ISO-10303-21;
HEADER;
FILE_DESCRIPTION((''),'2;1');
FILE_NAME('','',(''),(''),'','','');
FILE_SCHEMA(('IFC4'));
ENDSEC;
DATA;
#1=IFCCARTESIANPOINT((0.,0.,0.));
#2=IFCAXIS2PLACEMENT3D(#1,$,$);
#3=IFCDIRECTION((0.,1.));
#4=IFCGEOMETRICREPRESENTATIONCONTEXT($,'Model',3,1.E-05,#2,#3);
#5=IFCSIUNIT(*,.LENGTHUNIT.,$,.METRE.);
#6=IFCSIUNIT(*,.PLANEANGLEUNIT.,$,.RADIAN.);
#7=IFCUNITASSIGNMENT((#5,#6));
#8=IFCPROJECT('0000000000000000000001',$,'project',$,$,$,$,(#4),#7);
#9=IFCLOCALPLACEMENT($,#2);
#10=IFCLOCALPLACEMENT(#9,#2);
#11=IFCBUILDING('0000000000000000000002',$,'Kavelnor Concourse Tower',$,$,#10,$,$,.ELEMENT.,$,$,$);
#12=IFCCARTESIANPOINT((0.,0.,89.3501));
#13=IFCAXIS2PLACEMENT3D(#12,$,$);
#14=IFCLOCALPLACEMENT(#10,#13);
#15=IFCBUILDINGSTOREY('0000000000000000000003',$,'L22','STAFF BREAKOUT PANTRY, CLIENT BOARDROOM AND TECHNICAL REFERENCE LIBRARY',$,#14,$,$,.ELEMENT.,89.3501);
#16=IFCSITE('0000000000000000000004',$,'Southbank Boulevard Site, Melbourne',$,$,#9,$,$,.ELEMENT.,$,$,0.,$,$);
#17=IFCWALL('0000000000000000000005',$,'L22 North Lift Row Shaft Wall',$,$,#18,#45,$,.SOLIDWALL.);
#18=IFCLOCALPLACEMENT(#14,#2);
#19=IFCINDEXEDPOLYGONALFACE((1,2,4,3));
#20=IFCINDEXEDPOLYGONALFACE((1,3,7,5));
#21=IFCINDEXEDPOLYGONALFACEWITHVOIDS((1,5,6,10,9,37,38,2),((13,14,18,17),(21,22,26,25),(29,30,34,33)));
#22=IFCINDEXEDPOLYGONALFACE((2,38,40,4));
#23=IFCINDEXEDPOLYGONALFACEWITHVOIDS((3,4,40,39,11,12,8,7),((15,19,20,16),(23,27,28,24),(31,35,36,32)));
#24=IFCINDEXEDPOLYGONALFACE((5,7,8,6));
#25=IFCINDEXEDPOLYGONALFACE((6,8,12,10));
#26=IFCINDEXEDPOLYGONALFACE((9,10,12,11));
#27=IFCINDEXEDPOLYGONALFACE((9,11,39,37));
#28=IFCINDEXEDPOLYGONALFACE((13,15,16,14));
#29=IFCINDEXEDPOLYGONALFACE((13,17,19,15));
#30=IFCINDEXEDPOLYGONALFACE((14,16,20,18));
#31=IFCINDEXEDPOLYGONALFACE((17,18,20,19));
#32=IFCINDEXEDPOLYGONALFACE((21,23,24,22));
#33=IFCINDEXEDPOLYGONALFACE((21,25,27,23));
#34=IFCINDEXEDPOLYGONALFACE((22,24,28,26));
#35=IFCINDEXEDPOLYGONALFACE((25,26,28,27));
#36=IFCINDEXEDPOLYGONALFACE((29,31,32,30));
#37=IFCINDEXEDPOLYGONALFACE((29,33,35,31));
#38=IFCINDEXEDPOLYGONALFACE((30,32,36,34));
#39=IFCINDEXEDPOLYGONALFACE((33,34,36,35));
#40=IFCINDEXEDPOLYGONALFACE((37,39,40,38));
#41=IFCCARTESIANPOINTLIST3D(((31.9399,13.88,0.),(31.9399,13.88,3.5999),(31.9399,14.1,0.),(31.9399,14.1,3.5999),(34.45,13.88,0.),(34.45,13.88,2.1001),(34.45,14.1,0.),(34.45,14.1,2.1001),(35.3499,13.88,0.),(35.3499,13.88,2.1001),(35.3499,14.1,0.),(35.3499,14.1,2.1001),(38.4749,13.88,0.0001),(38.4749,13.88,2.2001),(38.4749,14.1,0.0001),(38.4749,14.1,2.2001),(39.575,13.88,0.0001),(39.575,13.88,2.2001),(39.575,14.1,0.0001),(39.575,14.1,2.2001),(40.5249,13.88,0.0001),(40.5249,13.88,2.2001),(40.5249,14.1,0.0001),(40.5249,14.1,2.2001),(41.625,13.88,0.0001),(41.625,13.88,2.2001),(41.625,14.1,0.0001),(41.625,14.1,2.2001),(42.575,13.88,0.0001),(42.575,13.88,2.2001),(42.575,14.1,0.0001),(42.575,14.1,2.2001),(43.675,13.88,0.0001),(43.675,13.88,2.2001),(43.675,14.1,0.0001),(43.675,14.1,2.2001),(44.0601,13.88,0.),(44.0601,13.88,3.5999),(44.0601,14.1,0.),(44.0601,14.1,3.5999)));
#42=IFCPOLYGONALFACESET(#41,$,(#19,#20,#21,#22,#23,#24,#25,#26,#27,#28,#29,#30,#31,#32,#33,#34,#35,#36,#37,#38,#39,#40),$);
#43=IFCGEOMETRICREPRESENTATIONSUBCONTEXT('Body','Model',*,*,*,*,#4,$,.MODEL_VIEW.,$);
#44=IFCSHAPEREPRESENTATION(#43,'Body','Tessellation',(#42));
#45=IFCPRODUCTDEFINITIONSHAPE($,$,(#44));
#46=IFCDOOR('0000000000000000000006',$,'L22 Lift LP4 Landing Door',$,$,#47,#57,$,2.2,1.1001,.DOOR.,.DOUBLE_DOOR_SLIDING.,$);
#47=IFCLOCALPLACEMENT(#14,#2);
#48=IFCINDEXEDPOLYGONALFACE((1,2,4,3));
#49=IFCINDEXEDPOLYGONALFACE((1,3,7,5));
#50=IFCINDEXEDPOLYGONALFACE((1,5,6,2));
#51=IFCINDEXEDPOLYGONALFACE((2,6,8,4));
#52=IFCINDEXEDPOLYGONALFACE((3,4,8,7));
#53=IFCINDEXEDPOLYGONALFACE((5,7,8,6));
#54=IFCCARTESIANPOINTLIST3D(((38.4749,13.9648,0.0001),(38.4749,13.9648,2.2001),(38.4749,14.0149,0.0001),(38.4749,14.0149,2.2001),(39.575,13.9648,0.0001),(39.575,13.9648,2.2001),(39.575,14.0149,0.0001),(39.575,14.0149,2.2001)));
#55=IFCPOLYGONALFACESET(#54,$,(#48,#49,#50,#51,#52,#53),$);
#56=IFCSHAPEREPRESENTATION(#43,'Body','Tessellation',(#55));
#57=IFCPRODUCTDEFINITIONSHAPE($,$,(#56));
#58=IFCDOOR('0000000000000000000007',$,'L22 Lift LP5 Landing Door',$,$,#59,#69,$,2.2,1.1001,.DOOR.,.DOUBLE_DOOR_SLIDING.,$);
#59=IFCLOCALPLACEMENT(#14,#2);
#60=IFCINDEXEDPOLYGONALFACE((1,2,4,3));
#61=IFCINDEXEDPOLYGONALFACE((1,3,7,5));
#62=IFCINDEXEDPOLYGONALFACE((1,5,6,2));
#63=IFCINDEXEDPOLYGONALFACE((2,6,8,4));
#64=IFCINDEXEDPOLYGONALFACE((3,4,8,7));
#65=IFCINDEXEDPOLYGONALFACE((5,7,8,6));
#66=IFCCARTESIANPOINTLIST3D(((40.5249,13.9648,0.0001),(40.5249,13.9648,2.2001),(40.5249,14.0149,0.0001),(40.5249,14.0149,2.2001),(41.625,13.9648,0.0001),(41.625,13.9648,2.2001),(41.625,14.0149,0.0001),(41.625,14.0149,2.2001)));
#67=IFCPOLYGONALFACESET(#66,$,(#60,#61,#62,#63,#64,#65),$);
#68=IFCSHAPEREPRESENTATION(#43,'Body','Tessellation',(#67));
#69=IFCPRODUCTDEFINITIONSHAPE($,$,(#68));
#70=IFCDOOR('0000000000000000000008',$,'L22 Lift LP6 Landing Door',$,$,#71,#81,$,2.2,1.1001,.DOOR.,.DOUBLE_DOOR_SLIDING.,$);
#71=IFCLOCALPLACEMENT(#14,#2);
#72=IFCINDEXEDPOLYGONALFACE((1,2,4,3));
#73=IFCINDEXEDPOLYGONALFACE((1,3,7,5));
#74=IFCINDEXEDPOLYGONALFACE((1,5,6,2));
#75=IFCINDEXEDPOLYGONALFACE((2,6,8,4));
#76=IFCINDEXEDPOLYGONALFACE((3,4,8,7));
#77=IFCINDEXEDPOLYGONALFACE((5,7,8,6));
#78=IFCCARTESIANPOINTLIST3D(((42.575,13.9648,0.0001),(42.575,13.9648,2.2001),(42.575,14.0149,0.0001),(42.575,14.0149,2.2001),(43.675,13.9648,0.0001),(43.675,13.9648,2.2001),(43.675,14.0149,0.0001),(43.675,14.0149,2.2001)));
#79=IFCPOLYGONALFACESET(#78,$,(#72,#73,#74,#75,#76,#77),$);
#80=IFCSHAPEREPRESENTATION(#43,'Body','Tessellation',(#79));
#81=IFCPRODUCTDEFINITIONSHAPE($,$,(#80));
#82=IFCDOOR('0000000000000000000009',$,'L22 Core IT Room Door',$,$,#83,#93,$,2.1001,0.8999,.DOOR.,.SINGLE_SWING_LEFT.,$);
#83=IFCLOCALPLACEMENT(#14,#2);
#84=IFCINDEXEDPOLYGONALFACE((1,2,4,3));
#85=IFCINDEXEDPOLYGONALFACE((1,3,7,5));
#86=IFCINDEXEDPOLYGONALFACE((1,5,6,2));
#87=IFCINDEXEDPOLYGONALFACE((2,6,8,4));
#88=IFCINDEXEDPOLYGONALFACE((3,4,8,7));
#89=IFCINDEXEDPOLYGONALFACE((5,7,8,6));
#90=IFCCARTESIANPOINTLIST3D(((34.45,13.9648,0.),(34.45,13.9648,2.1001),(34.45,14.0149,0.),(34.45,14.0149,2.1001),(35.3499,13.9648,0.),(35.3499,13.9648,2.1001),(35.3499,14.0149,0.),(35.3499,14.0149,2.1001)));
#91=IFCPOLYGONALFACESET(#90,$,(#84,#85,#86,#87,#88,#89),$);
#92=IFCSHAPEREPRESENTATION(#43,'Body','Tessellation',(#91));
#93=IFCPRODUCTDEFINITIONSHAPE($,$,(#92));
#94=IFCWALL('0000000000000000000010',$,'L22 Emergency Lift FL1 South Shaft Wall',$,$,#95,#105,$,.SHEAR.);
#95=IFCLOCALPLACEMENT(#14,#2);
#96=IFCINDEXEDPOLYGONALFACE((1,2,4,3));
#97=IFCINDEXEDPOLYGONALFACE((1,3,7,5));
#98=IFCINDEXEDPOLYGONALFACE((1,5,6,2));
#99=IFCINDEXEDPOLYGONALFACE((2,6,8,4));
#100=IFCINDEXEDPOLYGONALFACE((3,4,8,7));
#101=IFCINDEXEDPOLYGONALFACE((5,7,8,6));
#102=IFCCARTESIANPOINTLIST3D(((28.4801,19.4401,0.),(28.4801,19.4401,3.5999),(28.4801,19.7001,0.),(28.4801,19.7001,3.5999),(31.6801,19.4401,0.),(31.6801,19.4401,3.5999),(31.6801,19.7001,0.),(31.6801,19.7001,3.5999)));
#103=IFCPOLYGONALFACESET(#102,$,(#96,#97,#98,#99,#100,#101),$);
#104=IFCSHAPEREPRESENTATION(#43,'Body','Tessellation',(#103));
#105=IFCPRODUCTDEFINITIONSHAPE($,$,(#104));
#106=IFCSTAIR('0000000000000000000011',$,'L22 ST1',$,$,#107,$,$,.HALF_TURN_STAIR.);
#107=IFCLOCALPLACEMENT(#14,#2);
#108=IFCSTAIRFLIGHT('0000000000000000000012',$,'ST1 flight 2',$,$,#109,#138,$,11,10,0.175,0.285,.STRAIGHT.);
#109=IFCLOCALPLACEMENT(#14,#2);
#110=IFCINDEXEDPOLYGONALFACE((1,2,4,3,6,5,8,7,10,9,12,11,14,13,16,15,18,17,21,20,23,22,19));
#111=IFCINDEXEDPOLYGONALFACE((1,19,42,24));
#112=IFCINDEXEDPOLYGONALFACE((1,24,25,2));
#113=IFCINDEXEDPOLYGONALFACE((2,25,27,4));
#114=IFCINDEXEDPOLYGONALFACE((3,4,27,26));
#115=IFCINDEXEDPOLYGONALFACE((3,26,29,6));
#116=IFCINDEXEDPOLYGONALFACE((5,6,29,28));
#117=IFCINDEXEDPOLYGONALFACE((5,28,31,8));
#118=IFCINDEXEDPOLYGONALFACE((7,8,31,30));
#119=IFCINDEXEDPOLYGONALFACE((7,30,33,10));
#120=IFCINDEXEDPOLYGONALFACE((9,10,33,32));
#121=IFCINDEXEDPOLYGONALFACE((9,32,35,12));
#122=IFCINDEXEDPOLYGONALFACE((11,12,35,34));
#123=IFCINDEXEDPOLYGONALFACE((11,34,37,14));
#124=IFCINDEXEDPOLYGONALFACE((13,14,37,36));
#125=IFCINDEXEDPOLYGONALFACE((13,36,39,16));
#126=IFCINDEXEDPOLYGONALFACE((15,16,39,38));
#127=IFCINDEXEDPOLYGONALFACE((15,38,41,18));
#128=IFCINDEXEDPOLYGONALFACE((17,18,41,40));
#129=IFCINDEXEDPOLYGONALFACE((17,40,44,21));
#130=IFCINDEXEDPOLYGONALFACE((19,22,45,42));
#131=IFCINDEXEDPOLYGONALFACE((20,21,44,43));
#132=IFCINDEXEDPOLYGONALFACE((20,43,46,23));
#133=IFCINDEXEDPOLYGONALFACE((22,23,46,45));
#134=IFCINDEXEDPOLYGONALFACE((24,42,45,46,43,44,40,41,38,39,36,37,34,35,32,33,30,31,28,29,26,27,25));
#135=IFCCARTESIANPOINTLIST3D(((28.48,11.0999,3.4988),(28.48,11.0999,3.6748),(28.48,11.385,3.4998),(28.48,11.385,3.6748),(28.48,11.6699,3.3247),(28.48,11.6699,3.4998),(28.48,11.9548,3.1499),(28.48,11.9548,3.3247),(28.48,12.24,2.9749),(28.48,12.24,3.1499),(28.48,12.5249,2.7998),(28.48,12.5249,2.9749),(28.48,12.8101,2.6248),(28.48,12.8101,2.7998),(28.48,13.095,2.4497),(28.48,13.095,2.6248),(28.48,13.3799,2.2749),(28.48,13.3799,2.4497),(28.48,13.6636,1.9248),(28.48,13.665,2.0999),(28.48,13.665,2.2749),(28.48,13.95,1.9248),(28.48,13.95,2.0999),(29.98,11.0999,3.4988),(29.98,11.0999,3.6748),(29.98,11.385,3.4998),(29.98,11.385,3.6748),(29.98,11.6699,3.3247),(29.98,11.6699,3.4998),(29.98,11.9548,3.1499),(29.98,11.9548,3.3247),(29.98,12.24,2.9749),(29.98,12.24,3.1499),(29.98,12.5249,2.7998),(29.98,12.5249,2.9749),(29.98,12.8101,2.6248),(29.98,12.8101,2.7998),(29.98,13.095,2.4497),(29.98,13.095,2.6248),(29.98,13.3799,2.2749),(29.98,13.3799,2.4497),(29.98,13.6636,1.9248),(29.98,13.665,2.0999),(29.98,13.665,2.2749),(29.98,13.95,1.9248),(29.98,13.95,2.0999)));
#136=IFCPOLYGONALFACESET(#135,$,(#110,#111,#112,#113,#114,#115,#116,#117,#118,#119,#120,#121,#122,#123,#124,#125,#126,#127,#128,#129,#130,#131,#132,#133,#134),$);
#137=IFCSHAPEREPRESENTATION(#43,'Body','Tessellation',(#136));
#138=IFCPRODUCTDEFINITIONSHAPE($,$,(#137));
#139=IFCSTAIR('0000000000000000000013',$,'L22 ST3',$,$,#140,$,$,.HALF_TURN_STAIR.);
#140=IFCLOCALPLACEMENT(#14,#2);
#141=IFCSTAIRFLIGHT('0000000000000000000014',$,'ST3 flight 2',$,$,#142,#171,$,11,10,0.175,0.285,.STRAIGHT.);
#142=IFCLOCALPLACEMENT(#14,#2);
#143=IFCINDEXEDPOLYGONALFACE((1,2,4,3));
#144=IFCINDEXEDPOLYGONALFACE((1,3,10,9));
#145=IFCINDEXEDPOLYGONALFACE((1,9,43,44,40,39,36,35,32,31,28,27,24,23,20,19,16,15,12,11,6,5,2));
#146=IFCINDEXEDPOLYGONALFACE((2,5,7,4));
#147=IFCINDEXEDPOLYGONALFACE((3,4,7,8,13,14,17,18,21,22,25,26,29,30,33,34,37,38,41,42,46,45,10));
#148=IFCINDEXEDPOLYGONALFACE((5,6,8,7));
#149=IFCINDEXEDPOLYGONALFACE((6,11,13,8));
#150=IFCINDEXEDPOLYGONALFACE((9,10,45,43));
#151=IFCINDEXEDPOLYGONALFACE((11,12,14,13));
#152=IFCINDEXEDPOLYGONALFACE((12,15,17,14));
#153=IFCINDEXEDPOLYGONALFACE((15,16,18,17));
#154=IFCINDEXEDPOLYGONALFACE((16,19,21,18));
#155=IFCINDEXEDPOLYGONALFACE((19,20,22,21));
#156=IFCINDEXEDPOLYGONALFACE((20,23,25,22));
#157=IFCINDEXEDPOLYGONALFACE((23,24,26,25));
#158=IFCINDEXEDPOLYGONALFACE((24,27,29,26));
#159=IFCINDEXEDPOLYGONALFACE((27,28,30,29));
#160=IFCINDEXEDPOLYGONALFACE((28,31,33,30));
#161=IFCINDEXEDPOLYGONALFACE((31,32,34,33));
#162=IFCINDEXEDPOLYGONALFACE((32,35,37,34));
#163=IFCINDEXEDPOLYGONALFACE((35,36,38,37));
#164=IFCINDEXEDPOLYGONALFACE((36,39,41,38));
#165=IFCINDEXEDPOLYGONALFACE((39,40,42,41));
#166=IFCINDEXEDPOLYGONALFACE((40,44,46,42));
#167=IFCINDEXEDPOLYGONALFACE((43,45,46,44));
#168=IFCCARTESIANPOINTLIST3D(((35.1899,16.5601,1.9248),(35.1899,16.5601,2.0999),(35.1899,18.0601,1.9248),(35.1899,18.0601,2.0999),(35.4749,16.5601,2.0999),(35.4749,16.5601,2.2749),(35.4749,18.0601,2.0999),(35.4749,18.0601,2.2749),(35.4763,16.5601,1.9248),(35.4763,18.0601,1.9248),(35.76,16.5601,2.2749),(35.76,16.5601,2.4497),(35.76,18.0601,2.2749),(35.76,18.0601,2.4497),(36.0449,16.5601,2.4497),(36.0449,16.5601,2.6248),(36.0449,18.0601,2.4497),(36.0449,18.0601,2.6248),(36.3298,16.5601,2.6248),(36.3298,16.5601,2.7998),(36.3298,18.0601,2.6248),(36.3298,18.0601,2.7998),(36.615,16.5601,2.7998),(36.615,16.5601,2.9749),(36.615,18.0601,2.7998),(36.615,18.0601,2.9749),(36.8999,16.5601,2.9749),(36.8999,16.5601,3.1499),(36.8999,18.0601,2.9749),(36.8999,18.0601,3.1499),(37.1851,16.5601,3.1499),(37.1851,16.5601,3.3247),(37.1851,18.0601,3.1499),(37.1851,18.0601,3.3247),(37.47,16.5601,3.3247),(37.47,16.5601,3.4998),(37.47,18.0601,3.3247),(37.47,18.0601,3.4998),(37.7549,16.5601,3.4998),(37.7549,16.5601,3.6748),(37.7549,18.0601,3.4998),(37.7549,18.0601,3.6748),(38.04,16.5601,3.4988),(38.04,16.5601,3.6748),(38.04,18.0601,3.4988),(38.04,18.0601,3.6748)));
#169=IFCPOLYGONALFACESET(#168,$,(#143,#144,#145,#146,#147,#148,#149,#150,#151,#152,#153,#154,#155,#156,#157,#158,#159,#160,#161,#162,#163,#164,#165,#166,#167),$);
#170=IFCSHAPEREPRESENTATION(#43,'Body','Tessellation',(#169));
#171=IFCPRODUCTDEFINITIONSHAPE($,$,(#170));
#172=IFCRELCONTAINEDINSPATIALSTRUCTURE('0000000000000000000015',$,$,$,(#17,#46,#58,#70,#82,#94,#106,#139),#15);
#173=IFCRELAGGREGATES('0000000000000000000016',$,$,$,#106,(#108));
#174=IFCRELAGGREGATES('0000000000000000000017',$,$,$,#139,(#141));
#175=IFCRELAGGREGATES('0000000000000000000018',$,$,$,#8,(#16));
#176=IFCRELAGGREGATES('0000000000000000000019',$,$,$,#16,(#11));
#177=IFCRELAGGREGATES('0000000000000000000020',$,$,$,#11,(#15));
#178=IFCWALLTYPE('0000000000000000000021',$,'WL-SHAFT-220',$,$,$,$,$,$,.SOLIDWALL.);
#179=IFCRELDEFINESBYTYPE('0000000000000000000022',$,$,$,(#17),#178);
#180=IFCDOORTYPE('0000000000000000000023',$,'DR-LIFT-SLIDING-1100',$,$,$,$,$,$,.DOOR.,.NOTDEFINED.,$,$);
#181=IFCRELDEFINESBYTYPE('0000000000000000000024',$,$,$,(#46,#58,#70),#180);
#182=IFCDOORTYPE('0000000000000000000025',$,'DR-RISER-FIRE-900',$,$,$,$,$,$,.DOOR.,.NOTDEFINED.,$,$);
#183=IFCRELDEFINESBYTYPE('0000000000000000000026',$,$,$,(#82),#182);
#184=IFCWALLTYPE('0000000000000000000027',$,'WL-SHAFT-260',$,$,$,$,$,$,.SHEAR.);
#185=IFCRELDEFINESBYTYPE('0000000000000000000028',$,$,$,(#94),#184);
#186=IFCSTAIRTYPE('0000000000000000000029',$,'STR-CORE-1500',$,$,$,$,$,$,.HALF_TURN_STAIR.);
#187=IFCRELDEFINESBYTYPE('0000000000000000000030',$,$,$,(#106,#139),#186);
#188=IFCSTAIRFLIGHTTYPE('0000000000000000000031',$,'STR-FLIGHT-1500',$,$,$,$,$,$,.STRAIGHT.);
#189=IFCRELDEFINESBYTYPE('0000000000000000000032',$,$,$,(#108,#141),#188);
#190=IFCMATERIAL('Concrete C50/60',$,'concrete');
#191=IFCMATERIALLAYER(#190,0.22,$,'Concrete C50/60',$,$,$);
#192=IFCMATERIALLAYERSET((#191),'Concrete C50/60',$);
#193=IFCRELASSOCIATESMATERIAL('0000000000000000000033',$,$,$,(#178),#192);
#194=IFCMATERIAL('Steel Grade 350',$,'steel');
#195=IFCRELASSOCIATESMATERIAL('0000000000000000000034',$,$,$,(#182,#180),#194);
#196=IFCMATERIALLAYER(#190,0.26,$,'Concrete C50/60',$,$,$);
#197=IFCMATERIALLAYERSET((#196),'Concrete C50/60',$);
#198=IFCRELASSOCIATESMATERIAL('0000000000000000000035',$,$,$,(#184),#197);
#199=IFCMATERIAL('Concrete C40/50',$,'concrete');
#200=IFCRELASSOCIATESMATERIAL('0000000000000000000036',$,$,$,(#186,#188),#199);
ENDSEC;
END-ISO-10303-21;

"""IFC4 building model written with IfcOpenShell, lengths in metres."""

from ifc_helpers import new_model, si_unit, direction, frame, frame_2d, origin, place, context, subcontext, project, spatial, polyline, rectangle, outline, extrude, material, layer, layer_set, type_object, element, fill, aggregate, save


model = new_model("IFC4")

# Units and contexts
model_context = context("Model", 3, precision=1e-05, world=origin(), true_north=direction((0.0, 1.0)))
body_context = subcontext(model_context, "Body", "Model", "MODEL_VIEW")
ifc_project = project(units=[si_unit("LENGTHUNIT", "METRE"), si_unit("PLANEANGLEUNIT", "RADIAN")], contexts=[model_context])

# Site, building, storey
site_placement = place(None, origin())
site = spatial("IfcSite", under=ifc_project, at=site_placement, Name="Southbank Boulevard Site, Melbourne", CompositionType="ELEMENT", RefElevation=0.0)
building_placement = place(site_placement, origin())
building = spatial("IfcBuilding", under=site, at=building_placement, Name="Kavelnor Concourse Tower", CompositionType="ELEMENT")
storey_placement = place(building_placement, frame((0.0, 0.0, 89.3501)))
storey = spatial("IfcBuildingStorey", under=building, at=storey_placement, Name="L22", Description="STAFF BREAKOUT PANTRY, CLIENT BOARDROOM AND TECHNICAL REFERENCE LIBRARY", CompositionType="ELEMENT", Elevation=89.3501)

# Shared definitions
ifc_material_1 = material(Name="Steel Grade 350", Category="steel")

# Shared definitions
ifc_material_2 = material(Name="Concrete C50/60", Category="concrete")
ifc_layer_1 = layer(ifc_material_2, 0.22, Name="Concrete C50/60")
ifc_layer_set_1 = layer_set([ifc_layer_1], Name="Concrete C50/60")
wall_type_1 = type_object("IfcWallType", Name="WL-SHAFT-220", PredefinedType="SOLIDWALL", material=ifc_layer_set_1)
door_type_1 = type_object("IfcDoorType", Name="DR-RISER-FIRE-900", OperationType="NOTDEFINED", PredefinedType="DOOR", material=ifc_material_1)

# Wall, openings, doors
wall_1_placement = place(storey_placement, frame((31.9399, 13.99, 0.0), z_axis=(0.0, 0.0, 1.0), x_axis=(1.0, 0.0, 0.0)))
wall_1 = element("IfcWall", 1, at=wall_1_placement, inside=storey, type_object=wall_type_1, Name="L22 North Lift Row Shaft Wall", PredefinedType="SOLIDWALL", context=body_context, shape_type="SweptSolid", body=[
    extrude(rectangle(XDim=12.1201, YDim=0.22, at=frame_2d((6.0601, 0.0))), origin(), (0.0, 0.0, 1.0), 3.5999),
])
opening_1_placement = place(wall_1_placement, frame((2.51, 0.0, 0.0)))
opening_1 = element("IfcOpeningElement", 2, at=opening_1_placement, cuts=wall_1, PredefinedType="OPENING", context=body_context, shape_type="SweptSolid", body=[
    extrude(rectangle(XDim=0.8999, YDim=2.1001, at=frame_2d((0.45, 1.05))), frame((0.0, 0.1201, 0.0), z_axis=(0.0, -1.0, 0.0), x_axis=(1.0, 0.0, 0.0)), (0.0, 0.0, 1.0), 0.24),
])
opening_2_placement = place(wall_1_placement, frame((6.5349, 0.0, 0.0)))
opening_2 = element("IfcOpeningElement", 3, at=opening_2_placement, cuts=wall_1, PredefinedType="OPENING", context=body_context, shape_type="SweptSolid", body=[
    extrude(rectangle(XDim=1.1001, YDim=2.2, at=frame_2d((0.55, 1.1001))), frame((0.0, 0.1201, 0.0), z_axis=(0.0, -1.0, 0.0), x_axis=(1.0, 0.0, 0.0)), (0.0, 0.0, 1.0), 0.24),
])
opening_3_placement = place(wall_1_placement, frame((8.585, 0.0, 0.0)))
opening_3 = element("IfcOpeningElement", 4, at=opening_3_placement, cuts=wall_1, PredefinedType="OPENING", context=body_context, shape_type="SweptSolid", body=[
    extrude(rectangle(XDim=1.1001, YDim=2.2, at=frame_2d((0.55, 1.1001))), frame((0.0, 0.1201, 0.0), z_axis=(0.0, -1.0, 0.0), x_axis=(1.0, 0.0, 0.0)), (0.0, 0.0, 1.0), 0.24),
])
opening_4_placement = place(wall_1_placement, frame((10.635, 0.0, 0.0)))
opening_4 = element("IfcOpeningElement", 5, at=opening_4_placement, cuts=wall_1, PredefinedType="OPENING", context=body_context, shape_type="SweptSolid", body=[
    extrude(rectangle(XDim=1.1001, YDim=2.2, at=frame_2d((0.55, 1.1001))), frame((0.0, 0.1201, 0.0), z_axis=(0.0, -1.0, 0.0), x_axis=(1.0, 0.0, 0.0)), (0.0, 0.0, 1.0), 0.24),
])
door_type_2 = type_object("IfcDoorType", Name="DR-LIFT-SLIDING-1100", OperationType="NOTDEFINED", PredefinedType="DOOR", material=ifc_material_1)
door_1_placement = place(opening_2_placement, origin())
door_1 = element("IfcDoor", 6, at=door_1_placement, inside=storey, type_object=door_type_2, Name="L22 Lift LP4 Landing Door", OperationType="DOUBLE_DOOR_SLIDING", OverallHeight=2.2, OverallWidth=1.1001, PredefinedType="DOOR", context=body_context, shape_type="SweptSolid", body=[
    extrude(rectangle(XDim=1.1001, YDim=2.2, at=frame_2d((0.55, 1.1001))), frame((0.0, 0.0249, 0.0), z_axis=(0.0, -1.0, 0.0), x_axis=(1.0, 0.0, 0.0)), (0.0, 0.0, 1.0), 0.05),
])
fill(opening_2, door_1)
door_2_placement = place(opening_3_placement, origin())
door_2 = element("IfcDoor", 7, at=door_2_placement, inside=storey, type_object=door_type_2, Name="L22 Lift LP5 Landing Door", OperationType="DOUBLE_DOOR_SLIDING", OverallHeight=2.2, OverallWidth=1.1001, PredefinedType="DOOR", context=body_context, shape_type="SweptSolid", body=[
    extrude(rectangle(XDim=1.1001, YDim=2.2, at=frame_2d((0.55, 1.1001))), frame((0.0, 0.0249, 0.0), z_axis=(0.0, -1.0, 0.0), x_axis=(1.0, 0.0, 0.0)), (0.0, 0.0, 1.0), 0.05),
])
fill(opening_3, door_2)
door_3_placement = place(opening_4_placement, origin())
door_3 = element("IfcDoor", 8, at=door_3_placement, inside=storey, type_object=door_type_2, Name="L22 Lift LP6 Landing Door", OperationType="DOUBLE_DOOR_SLIDING", OverallHeight=2.2, OverallWidth=1.1001, PredefinedType="DOOR", context=body_context, shape_type="SweptSolid", body=[
    extrude(rectangle(XDim=1.1001, YDim=2.2, at=frame_2d((0.55, 1.1001))), frame((0.0, 0.0249, 0.0), z_axis=(0.0, -1.0, 0.0), x_axis=(1.0, 0.0, 0.0)), (0.0, 0.0, 1.0), 0.05),
])
fill(opening_4, door_3)
door_4_placement = place(opening_1_placement, origin())
door_4 = element("IfcDoor", 9, at=door_4_placement, inside=storey, type_object=door_type_1, Name="L22 Core IT Room Door", OperationType="SINGLE_SWING_LEFT", OverallHeight=2.1001, OverallWidth=0.8999, PredefinedType="DOOR", context=body_context, shape_type="SweptSolid", body=[
    extrude(rectangle(XDim=0.8999, YDim=2.1001, at=frame_2d((0.45, 1.05))), frame((0.0, 0.0249, 0.0), z_axis=(0.0, -1.0, 0.0), x_axis=(1.0, 0.0, 0.0)), (0.0, 0.0, 1.0), 0.05),
])
fill(opening_1, door_4)

# Wall
ifc_layer_2 = layer(ifc_material_2, 0.26, Name="Concrete C50/60")
ifc_layer_set_2 = layer_set([ifc_layer_2], Name="Concrete C50/60")
wall_type_2 = type_object("IfcWallType", Name="WL-SHAFT-260", PredefinedType="SHEAR", material=ifc_layer_set_2)
wall_2_placement = place(storey_placement, frame((28.48, 19.5701, 0.0), z_axis=(0.0, 0.0, 1.0), x_axis=(1.0, 0.0, 0.0)))
element("IfcWall", 10, at=wall_2_placement, inside=storey, type_object=wall_type_2, Name="L22 Emergency Lift FL1 South Shaft Wall", PredefinedType="SHEAR", context=body_context, shape_type="SweptSolid", body=[
    extrude(rectangle(XDim=3.2, YDim=0.26, at=frame_2d((1.6001, 0.0))), origin(), (0.0, 0.0, 1.0), 3.5999),
])

# Stairs, stair flights
ifc_material_3 = material(Name="Concrete C40/50", Category="concrete")
stair_type = type_object("IfcStairType", Name="STR-CORE-1500", PredefinedType="HALF_TURN_STAIR", material=ifc_material_3)
stair_1_placement = place(storey_placement, origin())
stair_1 = element("IfcStair", 11, at=stair_1_placement, inside=storey, type_object=stair_type, Name="L22 ST1", PredefinedType="HALF_TURN_STAIR")
stair_flight_type = type_object("IfcStairFlightType", Name="STR-FLIGHT-1500", PredefinedType="STRAIGHT", material=ifc_material_3)
stair_flight_1_placement = place(storey_placement, frame((29.23, 13.95, 1.9248), z_axis=(0.0, 0.0, 1.0), x_axis=(0.0, -1.0, 0.0)))
stair_flight_1 = element("IfcStairFlight", 12, at=stair_flight_1_placement, type_object=stair_flight_type, Name="ST1 flight 2", NumberOfRisers=11, NumberOfTreads=10, PredefinedType="STRAIGHT", RiserHeight=0.175, TreadLength=0.285, context=body_context, shape_type="SweptSolid", body=[
    extrude(outline(polyline([(0.0, 0.0), (0.0, 0.175), (0.2849, 0.175), (0.2849, 0.3501), (0.5701, 0.3501), (0.5701, 0.5249), (0.855, 0.5249), (0.855, 0.7), (1.1399, 0.7), (1.1399, 0.875), (1.425, 0.875), (1.425, 1.05), (1.71, 1.05), (1.71, 1.2251), (1.9951, 1.2251), (1.9951, 1.3999), (2.28, 1.3999), (2.28, 1.575), (2.5649, 1.575), (2.5649, 1.75), (2.8501, 1.75), (2.8501, 1.925), (2.8501, 1.574), (0.2864, 0.0), (0.0, 0.0)])), frame((0.0, 0.75, 0.0), z_axis=(0.0, -1.0, 0.0), x_axis=(1.0, 0.0, 0.0)), (0.0, 0.0, 1.0), 1.5),
])
aggregate(stair_1, [stair_flight_1])
stair_2_placement = place(storey_placement, origin())
stair_2 = element("IfcStair", 13, at=stair_2_placement, inside=storey, type_object=stair_type, Name="L22 ST3", PredefinedType="HALF_TURN_STAIR")
stair_flight_2_placement = place(storey_placement, frame((35.1899, 17.3101, 1.9248), z_axis=(0.0, 0.0, 1.0), x_axis=(1.0, 0.0, 0.0)))
stair_flight_2 = element("IfcStairFlight", 14, at=stair_flight_2_placement, type_object=stair_flight_type, Name="ST3 flight 2", NumberOfRisers=11, NumberOfTreads=10, PredefinedType="STRAIGHT", RiserHeight=0.175, TreadLength=0.285, context=body_context, shape_type="SweptSolid", body=[
    extrude(outline(polyline([(0.0, 0.0), (0.0, 0.175), (0.2849, 0.175), (0.2849, 0.3501), (0.5701, 0.3501), (0.5701, 0.5249), (0.855, 0.5249), (0.855, 0.7), (1.1399, 0.7), (1.1399, 0.875), (1.425, 0.875), (1.425, 1.05), (1.71, 1.05), (1.71, 1.2251), (1.9951, 1.2251), (1.9951, 1.3999), (2.28, 1.3999), (2.28, 1.575), (2.5649, 1.575), (2.5649, 1.75), (2.8501, 1.75), (2.8501, 1.925), (2.8501, 1.574), (0.2864, 0.0), (0.0, 0.0)])), frame((0.0, 0.75, 0.0), z_axis=(0.0, -1.0, 0.0), x_axis=(1.0, 0.0, 0.0)), (0.0, 0.0, 1.0), 1.5),
])
aggregate(stair_2, [stair_flight_2])

save(model, "model.ifc")
